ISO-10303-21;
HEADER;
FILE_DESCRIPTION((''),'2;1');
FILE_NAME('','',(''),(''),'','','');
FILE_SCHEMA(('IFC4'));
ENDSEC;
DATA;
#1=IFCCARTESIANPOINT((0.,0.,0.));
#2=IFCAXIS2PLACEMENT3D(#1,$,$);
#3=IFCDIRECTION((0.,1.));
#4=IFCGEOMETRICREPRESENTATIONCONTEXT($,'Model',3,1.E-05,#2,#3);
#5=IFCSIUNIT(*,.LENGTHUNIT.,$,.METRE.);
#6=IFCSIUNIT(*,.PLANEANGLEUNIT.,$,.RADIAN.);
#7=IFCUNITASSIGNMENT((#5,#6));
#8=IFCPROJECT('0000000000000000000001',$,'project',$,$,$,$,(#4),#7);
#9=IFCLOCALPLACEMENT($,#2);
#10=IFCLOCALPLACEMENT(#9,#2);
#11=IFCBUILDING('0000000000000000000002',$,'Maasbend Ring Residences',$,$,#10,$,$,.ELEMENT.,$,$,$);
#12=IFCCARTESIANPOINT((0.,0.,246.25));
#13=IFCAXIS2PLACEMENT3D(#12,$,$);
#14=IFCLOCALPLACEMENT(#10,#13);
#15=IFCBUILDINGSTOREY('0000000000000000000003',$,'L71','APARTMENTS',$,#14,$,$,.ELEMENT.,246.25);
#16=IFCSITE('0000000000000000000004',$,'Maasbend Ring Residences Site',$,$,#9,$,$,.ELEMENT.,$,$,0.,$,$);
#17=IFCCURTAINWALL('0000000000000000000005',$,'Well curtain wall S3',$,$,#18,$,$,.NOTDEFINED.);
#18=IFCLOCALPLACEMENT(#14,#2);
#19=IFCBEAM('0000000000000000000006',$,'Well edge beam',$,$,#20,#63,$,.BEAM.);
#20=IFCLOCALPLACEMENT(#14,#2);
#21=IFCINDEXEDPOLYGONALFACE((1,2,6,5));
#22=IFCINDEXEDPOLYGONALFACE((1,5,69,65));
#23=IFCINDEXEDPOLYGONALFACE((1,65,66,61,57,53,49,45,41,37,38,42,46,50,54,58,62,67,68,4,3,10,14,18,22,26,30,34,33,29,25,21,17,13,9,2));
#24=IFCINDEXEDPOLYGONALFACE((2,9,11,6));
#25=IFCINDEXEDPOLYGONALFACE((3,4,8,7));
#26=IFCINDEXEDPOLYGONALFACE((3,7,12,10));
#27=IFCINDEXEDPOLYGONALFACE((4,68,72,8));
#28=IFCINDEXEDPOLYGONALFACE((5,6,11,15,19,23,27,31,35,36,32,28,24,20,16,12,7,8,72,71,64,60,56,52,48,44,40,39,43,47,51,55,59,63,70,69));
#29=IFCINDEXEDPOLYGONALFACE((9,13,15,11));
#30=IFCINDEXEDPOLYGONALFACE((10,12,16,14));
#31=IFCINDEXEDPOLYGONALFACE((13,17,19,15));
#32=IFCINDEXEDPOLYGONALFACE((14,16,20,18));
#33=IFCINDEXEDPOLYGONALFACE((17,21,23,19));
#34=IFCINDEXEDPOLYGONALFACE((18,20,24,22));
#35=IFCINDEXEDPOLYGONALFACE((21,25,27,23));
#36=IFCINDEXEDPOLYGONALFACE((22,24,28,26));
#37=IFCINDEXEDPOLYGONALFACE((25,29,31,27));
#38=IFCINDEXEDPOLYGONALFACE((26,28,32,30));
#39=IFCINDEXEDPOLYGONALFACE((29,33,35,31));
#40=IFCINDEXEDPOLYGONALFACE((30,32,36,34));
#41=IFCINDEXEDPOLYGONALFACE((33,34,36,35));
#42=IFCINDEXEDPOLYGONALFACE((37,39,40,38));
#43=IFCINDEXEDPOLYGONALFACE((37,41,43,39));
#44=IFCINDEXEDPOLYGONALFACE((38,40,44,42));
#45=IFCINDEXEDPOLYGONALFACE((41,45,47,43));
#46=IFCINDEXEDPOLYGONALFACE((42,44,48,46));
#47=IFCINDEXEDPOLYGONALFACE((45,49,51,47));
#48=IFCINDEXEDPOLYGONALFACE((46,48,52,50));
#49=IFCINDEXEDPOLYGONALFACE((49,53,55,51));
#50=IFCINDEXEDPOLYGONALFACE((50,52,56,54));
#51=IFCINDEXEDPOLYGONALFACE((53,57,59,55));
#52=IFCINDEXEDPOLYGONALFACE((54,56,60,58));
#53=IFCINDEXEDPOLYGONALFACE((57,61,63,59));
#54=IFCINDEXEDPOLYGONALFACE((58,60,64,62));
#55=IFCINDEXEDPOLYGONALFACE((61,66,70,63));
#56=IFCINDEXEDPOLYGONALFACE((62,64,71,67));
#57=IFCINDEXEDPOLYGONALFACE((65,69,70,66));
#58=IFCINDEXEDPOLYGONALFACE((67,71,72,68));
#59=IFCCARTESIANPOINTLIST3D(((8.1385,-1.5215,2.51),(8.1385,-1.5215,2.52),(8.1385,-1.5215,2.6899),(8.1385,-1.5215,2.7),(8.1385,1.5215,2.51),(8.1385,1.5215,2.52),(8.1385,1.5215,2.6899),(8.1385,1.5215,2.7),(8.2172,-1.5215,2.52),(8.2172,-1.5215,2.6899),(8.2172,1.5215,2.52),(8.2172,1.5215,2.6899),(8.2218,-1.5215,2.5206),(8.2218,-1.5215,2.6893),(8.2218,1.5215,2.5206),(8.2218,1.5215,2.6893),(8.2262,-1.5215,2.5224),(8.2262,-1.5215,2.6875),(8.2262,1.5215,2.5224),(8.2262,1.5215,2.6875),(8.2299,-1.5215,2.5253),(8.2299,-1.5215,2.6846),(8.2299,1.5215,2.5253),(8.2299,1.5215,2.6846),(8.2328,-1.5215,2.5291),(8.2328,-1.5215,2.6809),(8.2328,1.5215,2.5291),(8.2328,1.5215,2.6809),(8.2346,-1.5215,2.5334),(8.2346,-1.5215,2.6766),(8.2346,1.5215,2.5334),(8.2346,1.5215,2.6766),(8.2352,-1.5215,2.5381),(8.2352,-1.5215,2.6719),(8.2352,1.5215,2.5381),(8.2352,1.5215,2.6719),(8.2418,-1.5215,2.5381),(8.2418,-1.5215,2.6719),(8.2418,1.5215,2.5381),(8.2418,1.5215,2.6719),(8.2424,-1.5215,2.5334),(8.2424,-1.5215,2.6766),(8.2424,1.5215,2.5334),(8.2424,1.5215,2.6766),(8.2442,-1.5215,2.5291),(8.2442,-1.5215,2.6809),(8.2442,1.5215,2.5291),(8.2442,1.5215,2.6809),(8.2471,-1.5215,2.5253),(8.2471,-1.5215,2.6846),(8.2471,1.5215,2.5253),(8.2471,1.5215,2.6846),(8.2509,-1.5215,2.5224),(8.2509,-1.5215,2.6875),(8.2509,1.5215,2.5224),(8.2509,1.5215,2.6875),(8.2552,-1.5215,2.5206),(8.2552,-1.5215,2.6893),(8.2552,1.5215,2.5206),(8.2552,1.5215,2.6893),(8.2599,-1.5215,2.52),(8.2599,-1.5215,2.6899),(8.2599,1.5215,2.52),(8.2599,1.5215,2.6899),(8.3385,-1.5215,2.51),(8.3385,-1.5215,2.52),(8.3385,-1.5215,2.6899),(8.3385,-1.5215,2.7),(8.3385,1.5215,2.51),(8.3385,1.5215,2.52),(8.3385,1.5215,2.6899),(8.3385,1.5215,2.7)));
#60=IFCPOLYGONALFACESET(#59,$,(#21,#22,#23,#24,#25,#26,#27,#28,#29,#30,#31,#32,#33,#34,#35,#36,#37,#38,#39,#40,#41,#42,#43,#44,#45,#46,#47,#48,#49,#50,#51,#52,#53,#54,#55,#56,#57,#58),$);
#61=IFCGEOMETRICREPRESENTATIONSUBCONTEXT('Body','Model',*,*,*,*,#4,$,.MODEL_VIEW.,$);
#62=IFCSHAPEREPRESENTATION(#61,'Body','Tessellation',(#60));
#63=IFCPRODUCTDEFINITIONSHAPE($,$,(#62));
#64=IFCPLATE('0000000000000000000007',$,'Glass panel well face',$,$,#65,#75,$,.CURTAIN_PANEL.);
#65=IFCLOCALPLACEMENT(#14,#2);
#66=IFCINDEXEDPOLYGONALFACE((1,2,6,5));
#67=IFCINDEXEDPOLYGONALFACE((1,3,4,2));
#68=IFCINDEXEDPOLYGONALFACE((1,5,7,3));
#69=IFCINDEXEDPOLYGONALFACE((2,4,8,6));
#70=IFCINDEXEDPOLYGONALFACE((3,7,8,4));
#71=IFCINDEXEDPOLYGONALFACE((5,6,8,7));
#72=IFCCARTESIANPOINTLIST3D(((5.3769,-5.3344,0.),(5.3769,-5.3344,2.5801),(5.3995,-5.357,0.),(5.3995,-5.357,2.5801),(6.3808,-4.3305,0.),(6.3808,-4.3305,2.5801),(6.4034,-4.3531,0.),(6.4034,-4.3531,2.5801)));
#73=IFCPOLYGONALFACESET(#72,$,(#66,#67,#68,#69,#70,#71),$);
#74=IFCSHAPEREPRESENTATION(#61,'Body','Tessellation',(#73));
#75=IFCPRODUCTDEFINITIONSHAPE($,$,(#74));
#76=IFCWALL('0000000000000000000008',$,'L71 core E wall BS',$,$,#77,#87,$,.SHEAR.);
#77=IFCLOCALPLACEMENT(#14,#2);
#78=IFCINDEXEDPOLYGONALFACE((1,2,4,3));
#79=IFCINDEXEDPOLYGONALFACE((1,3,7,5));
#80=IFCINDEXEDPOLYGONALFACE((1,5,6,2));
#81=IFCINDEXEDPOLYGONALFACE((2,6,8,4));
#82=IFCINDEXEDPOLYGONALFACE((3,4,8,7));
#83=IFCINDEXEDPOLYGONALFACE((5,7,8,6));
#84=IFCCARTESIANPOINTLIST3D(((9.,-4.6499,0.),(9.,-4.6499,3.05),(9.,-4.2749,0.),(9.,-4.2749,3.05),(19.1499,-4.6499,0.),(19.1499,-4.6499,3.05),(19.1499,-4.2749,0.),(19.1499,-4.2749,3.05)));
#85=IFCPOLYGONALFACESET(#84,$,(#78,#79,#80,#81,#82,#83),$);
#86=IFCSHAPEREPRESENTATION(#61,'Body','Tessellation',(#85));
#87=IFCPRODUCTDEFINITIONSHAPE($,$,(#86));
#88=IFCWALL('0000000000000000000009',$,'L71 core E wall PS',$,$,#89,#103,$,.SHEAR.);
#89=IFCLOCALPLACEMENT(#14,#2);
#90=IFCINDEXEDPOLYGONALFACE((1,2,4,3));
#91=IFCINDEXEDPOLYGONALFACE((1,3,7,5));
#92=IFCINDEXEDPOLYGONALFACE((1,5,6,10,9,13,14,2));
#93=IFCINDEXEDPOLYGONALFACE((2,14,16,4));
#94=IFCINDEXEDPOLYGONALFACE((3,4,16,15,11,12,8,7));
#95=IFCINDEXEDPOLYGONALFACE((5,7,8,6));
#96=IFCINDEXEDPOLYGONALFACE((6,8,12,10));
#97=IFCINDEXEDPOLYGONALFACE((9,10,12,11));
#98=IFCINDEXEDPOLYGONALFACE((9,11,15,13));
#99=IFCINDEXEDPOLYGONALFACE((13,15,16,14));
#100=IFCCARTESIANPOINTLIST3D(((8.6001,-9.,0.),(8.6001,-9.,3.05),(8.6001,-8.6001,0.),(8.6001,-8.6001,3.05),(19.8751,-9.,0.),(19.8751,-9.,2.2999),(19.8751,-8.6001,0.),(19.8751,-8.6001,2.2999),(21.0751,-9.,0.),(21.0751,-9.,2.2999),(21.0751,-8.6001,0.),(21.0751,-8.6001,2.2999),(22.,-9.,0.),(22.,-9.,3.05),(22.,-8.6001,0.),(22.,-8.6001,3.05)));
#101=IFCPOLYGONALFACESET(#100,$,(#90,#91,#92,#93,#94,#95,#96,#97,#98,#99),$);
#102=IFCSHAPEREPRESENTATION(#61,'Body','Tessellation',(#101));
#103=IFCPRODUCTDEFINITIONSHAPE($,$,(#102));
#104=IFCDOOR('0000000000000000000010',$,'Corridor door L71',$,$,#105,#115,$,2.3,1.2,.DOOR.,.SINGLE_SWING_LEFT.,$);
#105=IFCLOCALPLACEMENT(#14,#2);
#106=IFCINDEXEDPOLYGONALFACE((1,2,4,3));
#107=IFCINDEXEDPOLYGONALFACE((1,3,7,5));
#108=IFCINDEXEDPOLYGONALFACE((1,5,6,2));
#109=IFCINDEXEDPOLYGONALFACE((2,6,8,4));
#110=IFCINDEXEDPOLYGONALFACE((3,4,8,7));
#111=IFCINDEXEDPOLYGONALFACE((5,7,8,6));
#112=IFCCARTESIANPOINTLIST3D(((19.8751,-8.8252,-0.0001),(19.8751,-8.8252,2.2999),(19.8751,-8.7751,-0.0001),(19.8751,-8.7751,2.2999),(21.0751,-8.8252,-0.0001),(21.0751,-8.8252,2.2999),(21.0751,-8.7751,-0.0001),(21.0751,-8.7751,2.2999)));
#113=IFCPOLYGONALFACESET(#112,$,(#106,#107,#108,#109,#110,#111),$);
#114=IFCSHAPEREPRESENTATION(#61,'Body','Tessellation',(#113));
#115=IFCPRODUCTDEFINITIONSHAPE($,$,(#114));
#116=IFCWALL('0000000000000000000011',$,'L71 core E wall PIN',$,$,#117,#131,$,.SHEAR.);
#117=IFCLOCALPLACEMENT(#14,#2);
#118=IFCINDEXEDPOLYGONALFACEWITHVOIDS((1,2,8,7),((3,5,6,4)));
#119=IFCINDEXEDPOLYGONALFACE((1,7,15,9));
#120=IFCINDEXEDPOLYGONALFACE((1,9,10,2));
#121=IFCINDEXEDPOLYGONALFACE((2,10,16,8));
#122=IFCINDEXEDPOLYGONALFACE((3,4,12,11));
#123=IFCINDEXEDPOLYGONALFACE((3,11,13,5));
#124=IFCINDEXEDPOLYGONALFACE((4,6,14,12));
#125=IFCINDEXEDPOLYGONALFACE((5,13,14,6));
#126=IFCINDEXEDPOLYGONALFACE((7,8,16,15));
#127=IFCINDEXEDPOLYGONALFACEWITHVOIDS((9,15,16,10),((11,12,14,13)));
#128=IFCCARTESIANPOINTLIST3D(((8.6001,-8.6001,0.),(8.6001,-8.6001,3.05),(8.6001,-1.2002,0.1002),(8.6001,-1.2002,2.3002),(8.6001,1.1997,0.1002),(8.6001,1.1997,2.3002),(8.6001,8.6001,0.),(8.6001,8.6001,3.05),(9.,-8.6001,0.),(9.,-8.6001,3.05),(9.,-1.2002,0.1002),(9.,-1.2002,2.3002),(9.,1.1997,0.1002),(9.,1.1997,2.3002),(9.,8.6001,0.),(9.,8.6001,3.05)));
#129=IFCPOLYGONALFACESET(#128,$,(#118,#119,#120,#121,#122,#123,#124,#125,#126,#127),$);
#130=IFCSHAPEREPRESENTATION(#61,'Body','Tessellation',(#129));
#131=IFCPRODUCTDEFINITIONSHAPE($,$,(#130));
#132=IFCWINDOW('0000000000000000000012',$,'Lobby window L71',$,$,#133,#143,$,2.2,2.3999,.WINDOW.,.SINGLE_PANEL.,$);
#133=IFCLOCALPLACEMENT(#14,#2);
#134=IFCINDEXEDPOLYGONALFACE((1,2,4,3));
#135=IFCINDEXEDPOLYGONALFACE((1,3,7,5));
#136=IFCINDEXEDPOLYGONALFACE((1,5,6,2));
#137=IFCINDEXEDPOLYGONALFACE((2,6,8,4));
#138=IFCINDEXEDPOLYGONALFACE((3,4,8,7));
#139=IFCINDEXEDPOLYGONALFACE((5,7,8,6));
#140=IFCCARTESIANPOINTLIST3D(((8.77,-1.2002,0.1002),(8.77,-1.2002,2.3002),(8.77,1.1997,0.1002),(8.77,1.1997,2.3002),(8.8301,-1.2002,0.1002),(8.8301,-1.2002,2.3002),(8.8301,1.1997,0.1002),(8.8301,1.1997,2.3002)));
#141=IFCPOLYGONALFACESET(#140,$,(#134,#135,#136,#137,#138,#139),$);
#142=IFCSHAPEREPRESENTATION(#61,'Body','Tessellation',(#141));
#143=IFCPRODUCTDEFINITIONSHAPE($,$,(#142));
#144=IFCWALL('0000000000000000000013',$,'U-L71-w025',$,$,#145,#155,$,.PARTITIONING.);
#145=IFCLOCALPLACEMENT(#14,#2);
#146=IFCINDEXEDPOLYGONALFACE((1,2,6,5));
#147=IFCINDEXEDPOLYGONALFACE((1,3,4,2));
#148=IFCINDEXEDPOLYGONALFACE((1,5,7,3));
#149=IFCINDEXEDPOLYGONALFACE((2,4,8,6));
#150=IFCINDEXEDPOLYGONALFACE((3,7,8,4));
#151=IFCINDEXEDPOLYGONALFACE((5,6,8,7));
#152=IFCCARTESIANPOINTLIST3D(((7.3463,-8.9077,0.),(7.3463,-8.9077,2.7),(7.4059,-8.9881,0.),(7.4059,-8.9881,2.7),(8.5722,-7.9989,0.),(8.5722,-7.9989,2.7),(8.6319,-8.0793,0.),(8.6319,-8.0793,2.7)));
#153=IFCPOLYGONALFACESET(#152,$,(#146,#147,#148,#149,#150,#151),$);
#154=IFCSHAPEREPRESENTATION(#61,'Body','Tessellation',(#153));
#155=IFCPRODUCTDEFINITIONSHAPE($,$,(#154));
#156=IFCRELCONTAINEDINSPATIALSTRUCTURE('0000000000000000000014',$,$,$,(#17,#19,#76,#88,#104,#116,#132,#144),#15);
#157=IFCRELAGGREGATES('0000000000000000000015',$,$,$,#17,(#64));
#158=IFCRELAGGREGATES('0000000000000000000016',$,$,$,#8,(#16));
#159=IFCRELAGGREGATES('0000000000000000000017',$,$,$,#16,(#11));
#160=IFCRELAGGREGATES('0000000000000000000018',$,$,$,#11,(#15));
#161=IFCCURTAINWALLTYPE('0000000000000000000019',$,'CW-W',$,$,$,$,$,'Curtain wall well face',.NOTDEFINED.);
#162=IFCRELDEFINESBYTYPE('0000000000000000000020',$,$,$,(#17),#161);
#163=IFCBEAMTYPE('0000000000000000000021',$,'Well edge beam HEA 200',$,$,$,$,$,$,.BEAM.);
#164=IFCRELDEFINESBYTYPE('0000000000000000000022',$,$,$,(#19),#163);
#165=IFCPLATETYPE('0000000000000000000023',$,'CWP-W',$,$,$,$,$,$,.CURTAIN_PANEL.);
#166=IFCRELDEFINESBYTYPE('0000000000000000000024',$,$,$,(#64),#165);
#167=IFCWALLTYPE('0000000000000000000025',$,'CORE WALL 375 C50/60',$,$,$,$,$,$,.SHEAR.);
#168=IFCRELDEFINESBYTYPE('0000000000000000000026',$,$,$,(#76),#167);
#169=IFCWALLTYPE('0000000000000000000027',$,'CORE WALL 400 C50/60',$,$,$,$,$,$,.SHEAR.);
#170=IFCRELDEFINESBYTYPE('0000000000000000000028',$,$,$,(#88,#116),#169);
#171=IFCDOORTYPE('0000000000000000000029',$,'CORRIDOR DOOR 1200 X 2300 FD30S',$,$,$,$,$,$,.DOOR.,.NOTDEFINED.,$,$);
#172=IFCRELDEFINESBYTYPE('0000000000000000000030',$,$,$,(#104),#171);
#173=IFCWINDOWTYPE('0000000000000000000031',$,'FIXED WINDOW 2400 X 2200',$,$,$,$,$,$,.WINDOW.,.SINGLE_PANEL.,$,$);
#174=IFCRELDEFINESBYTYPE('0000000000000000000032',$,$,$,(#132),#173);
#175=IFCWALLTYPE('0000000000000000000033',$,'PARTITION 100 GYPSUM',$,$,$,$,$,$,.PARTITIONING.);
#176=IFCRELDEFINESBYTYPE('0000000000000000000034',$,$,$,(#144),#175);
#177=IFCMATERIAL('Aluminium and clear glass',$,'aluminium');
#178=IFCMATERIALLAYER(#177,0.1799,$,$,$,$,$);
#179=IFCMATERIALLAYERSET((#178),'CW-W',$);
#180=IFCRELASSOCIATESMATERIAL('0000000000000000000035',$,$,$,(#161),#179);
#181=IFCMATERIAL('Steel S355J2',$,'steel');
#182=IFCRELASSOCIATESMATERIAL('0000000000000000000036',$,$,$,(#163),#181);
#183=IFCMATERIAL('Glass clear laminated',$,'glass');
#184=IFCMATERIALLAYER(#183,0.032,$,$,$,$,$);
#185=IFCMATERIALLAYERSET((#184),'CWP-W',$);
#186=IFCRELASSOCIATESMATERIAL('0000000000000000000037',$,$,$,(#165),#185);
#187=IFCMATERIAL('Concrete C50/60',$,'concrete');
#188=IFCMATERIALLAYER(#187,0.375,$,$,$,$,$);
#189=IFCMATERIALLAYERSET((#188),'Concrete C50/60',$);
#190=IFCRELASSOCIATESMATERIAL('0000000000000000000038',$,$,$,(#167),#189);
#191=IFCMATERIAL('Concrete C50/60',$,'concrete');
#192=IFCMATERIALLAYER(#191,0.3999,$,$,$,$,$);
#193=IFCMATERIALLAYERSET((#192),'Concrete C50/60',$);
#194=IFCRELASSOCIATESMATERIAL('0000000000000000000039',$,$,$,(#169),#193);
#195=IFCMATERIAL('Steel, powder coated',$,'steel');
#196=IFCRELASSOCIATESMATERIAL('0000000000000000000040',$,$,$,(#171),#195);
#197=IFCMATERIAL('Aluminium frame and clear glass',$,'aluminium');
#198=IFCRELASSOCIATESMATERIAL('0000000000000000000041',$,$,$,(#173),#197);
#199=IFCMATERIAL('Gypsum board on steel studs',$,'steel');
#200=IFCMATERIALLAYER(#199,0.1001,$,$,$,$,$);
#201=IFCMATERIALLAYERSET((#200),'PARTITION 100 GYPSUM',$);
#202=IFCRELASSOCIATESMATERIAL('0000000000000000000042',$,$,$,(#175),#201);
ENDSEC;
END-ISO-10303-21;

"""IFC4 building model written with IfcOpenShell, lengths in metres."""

from ifc_helpers import new_model, si_unit, direction, frame, frame_2d, origin, origin_2d, place, context, subcontext, project, spatial, rectangle, i_section, extrude, material, layer, layer_set, material_profile, profile_set, type_object, element, fill, aggregate, save


model = new_model("IFC4")

# Units and contexts
model_context = context("Model", 3, precision=1e-05, world=origin(), true_north=direction((0.0, 1.0)))
body_context = subcontext(model_context, "Body", "Model", "MODEL_VIEW")
ifc_project = project(units=[si_unit("LENGTHUNIT", "METRE"), si_unit("PLANEANGLEUNIT", "RADIAN")], contexts=[model_context])

# Site, building, storey
site_placement = place(None, origin())
site = spatial("IfcSite", under=ifc_project, at=site_placement, Name="Maasbend Ring Residences Site", CompositionType="ELEMENT", RefElevation=0.0)
building_placement = place(site_placement, origin())
building = spatial("IfcBuilding", under=site, at=building_placement, Name="Maasbend Ring Residences", CompositionType="ELEMENT")
storey_placement = place(building_placement, frame((0.0, 0.0, 246.25)))
storey = spatial("IfcBuildingStorey", under=building, at=storey_placement, Name="L71", Description="APARTMENTS", CompositionType="ELEMENT", Elevation=246.25)

# Curtain wall
ifc_material_1 = material(Name="Aluminium and clear glass", Category="aluminium")
ifc_layer_1 = layer(ifc_material_1, 0.1799)
ifc_layer_set_1 = layer_set([ifc_layer_1], Name="CW-W")
curtain_wall_type = type_object("IfcCurtainWallType", Name="CW-W", ElementType="Curtain wall well face", PredefinedType="NOTDEFINED", material=ifc_layer_set_1)
curtain_wall_placement = place(storey_placement, origin())
curtain_wall = element("IfcCurtainWall", 1, at=curtain_wall_placement, inside=storey, type_object=curtain_wall_type, Name="Well curtain wall S3", PredefinedType="NOTDEFINED")

# Beam
ifc_material_2 = material(Name="Steel S355J2", Category="steel")
ifc_material_profile_1 = material_profile(ifc_material_2, i_section(OverallWidth=0.2, OverallDepth=0.1899, WebThickness=0.0066, FlangeThickness=0.01, FilletRadius=0.0181, at=origin_2d()), Name="HEA 200")
ifc_profile_set_1 = profile_set([ifc_material_profile_1], Name="Steel S355J2")
beam_type = type_object("IfcBeamType", Name="Well edge beam HEA 200", PredefinedType="BEAM", material=ifc_profile_set_1)
for number, where, z_axis, x_axis, name in (
    (2, (8.2385, -1.5215, 2.605), (0.0, 1.0, 0.0), (-1.0, 0.0, 0.0), "Well edge beam"),
):
    element("IfcBeam", number, at=place(storey_placement, frame(where, z_axis=z_axis, x_axis=x_axis)), inside=storey, type_object=beam_type, Name=name, PredefinedType="BEAM", context=body_context, shape_type="SweptSolid", body=[
        extrude(i_section(OverallWidth=0.2, OverallDepth=0.1899, WebThickness=0.0066, FlangeThickness=0.01, FilletRadius=0.0181, at=origin_2d()), origin(), (0.0, 0.0, 1.0), 3.043),
    ])

# Plate
ifc_material_3 = material(Name="Glass clear laminated", Category="glass")
ifc_layer_2 = layer(ifc_material_3, 0.032)
ifc_layer_set_2 = layer_set([ifc_layer_2], Name="CWP-W")
plate_type = type_object("IfcPlateType", Name="CWP-W", PredefinedType="CURTAIN_PANEL", material=ifc_layer_set_2)
plate_placement = place(storey_placement, frame((5.8901, -4.8438, 0.0), z_axis=(0.0, 0.0, 1.0), x_axis=(0.707107, 0.707107, 0.0)))
plate = element("IfcPlate", 3, at=plate_placement, type_object=plate_type, Name="Glass panel well face", PredefinedType="CURTAIN_PANEL", context=body_context, shape_type="SweptSolid", body=[
    extrude(rectangle(XDim=1.4197, YDim=0.032, at=origin_2d()), origin(), (0.0, 0.0, 1.0), 2.5801),
])
aggregate(curtain_wall, [plate])

# Wall
ifc_material_4 = material(Name="Concrete C50/60", Category="concrete")
ifc_layer_3 = layer(ifc_material_4, 0.375)
ifc_layer_set_3 = layer_set([ifc_layer_3], Name="Concrete C50/60")
wall_type_1 = type_object("IfcWallType", Name="CORE WALL 375 C50/60", PredefinedType="SHEAR", material=ifc_layer_set_3)
wall_1_placement = place(storey_placement, frame((9.0, -4.4624, 0.0), z_axis=(0.0, 0.0, 1.0), x_axis=(1.0, 0.0, 0.0)))
element("IfcWall", 4, at=wall_1_placement, inside=storey, type_object=wall_type_1, Name="L71 core E wall BS", PredefinedType="SHEAR", context=body_context, shape_type="SweptSolid", body=[
    extrude(rectangle(XDim=10.1499, YDim=0.375, at=frame_2d((5.075, 0.0))), origin(), (0.0, 0.0, 1.0), 3.05),
])

# Wall, opening, door
ifc_material_5 = material(Name="Concrete C50/60", Category="concrete")
ifc_layer_4 = layer(ifc_material_5, 0.3999)
ifc_layer_set_4 = layer_set([ifc_layer_4], Name="Concrete C50/60")
wall_type_2 = type_object("IfcWallType", Name="CORE WALL 400 C50/60", PredefinedType="SHEAR", material=ifc_layer_set_4)
wall_2_placement = place(storey_placement, frame((8.6001, -8.8, 0.0), z_axis=(0.0, 0.0, 1.0), x_axis=(1.0, 0.0, 0.0)))
wall_2 = element("IfcWall", 5, at=wall_2_placement, inside=storey, type_object=wall_type_2, Name="L71 core E wall PS", PredefinedType="SHEAR", context=body_context, shape_type="SweptSolid", body=[
    extrude(rectangle(XDim=13.3999, YDim=0.3999, at=frame_2d((6.7, 0.0))), origin(), (0.0, 0.0, 1.0), 3.05),
])
opening_1_placement = place(wall_2_placement, frame((11.2749, 0.0, 0.0)))
opening_1 = element("IfcOpeningElement", 6, at=opening_1_placement, cuts=wall_2, PredefinedType="OPENING", context=body_context, shape_type="SweptSolid", body=[
    extrude(rectangle(XDim=1.2, YDim=2.3, at=frame_2d((0.6001, 1.1499))), frame((0.0, 0.21, 0.0), z_axis=(0.0, -1.0, 0.0), x_axis=(1.0, 0.0, 0.0)), (0.0, 0.0, 1.0), 0.4199),
])
ifc_material_6 = material(Name="Steel, powder coated", Category="steel")
door_type_1 = type_object("IfcDoorType", Name="CORRIDOR DOOR 1200 X 2300 FD30S", OperationType="NOTDEFINED", PredefinedType="DOOR", material=ifc_material_6)
door_1_placement = place(opening_1_placement, origin())
door_1 = element("IfcDoor", 7, at=door_1_placement, inside=storey, type_object=door_type_1, Name="Corridor door L71", OperationType="SINGLE_SWING_LEFT", OverallHeight=2.3, OverallWidth=1.2, PredefinedType="DOOR", context=body_context, shape_type="SweptSolid", body=[
    extrude(rectangle(XDim=1.2, YDim=2.3, at=frame_2d((0.6001, 1.1499))), frame((0.0, 0.0249, 0.0), z_axis=(0.0, -1.0, 0.0), x_axis=(1.0, 0.0, 0.0)), (0.0, 0.0, 1.0), 0.05),
])
fill(opening_1, door_1)

# Wall, opening, window
wall_3_placement = place(storey_placement, frame((8.8, -8.6001, 0.0), z_axis=(0.0, 0.0, 1.0), x_axis=(0.0, 1.0, 0.0)))
wall_3 = element("IfcWall", 8, at=wall_3_placement, inside=storey, type_object=wall_type_2, Name="L71 core E wall PIN", PredefinedType="SHEAR", context=body_context, shape_type="SweptSolid", body=[
    extrude(rectangle(XDim=17.2002, YDim=0.3999, at=frame_2d((8.6001, 0.0))), origin(), (0.0, 0.0, 1.0), 3.05),
])
opening_2_placement = place(wall_3_placement, frame((7.3999, 0.0, 0.1001)))
opening_2 = element("IfcOpeningElement", 9, at=opening_2_placement, cuts=wall_3, PredefinedType="OPENING", context=body_context, shape_type="SweptSolid", body=[
    extrude(rectangle(XDim=2.3999, YDim=2.2, at=frame_2d((1.2, 1.1001))), frame((0.0, 0.21, 0.0), z_axis=(0.0, -1.0, 0.0), x_axis=(1.0, 0.0, 0.0)), (0.0, 0.0, 1.0), 0.4199),
])
ifc_material_7 = material(Name="Aluminium frame and clear glass", Category="aluminium")
window_type = type_object("IfcWindowType", Name="FIXED WINDOW 2400 X 2200", PartitioningType="SINGLE_PANEL", PredefinedType="WINDOW", material=ifc_material_7)
window_placement = place(opening_2_placement, origin())
window = element("IfcWindow", 10, at=window_placement, inside=storey, type_object=window_type, Name="Lobby window L71", OverallHeight=2.2, OverallWidth=2.3999, PartitioningType="SINGLE_PANEL", PredefinedType="WINDOW", context=body_context, shape_type="SweptSolid", body=[
    extrude(rectangle(XDim=2.3999, YDim=2.2, at=frame_2d((1.2, 1.1001))), frame((0.0, 0.03, 0.0), z_axis=(0.0, -1.0, 0.0), x_axis=(1.0, 0.0, 0.0)), (0.0, 0.0, 1.0), 0.0601),
])
fill(opening_2, window)

# Wall
ifc_material_8 = material(Name="Gypsum board on steel studs", Category="steel")
ifc_layer_5 = layer(ifc_material_8, 0.1001)
ifc_layer_set_5 = layer_set([ifc_layer_5], Name="PARTITION 100 GYPSUM")
wall_type_3 = type_object("IfcWallType", Name="PARTITION 100 GYPSUM", PredefinedType="PARTITIONING", material=ifc_layer_set_5)
wall_4_placement = place(storey_placement, frame((7.376, -8.948, 0.0), z_axis=(0.0, 0.0, 1.0), x_axis=(0.803328, 0.595537, 0.0)))
element("IfcWall", 11, at=wall_4_placement, inside=storey, type_object=wall_type_3, Name="U-L71-w025", PredefinedType="PARTITIONING", context=body_context, shape_type="SweptSolid", body=[
    extrude(rectangle(XDim=1.5261, YDim=0.1001, at=frame_2d((0.7632, 0.0))), origin(), (0.0, 0.0, 1.0), 2.7),
])

save(model, "model.ifc")
